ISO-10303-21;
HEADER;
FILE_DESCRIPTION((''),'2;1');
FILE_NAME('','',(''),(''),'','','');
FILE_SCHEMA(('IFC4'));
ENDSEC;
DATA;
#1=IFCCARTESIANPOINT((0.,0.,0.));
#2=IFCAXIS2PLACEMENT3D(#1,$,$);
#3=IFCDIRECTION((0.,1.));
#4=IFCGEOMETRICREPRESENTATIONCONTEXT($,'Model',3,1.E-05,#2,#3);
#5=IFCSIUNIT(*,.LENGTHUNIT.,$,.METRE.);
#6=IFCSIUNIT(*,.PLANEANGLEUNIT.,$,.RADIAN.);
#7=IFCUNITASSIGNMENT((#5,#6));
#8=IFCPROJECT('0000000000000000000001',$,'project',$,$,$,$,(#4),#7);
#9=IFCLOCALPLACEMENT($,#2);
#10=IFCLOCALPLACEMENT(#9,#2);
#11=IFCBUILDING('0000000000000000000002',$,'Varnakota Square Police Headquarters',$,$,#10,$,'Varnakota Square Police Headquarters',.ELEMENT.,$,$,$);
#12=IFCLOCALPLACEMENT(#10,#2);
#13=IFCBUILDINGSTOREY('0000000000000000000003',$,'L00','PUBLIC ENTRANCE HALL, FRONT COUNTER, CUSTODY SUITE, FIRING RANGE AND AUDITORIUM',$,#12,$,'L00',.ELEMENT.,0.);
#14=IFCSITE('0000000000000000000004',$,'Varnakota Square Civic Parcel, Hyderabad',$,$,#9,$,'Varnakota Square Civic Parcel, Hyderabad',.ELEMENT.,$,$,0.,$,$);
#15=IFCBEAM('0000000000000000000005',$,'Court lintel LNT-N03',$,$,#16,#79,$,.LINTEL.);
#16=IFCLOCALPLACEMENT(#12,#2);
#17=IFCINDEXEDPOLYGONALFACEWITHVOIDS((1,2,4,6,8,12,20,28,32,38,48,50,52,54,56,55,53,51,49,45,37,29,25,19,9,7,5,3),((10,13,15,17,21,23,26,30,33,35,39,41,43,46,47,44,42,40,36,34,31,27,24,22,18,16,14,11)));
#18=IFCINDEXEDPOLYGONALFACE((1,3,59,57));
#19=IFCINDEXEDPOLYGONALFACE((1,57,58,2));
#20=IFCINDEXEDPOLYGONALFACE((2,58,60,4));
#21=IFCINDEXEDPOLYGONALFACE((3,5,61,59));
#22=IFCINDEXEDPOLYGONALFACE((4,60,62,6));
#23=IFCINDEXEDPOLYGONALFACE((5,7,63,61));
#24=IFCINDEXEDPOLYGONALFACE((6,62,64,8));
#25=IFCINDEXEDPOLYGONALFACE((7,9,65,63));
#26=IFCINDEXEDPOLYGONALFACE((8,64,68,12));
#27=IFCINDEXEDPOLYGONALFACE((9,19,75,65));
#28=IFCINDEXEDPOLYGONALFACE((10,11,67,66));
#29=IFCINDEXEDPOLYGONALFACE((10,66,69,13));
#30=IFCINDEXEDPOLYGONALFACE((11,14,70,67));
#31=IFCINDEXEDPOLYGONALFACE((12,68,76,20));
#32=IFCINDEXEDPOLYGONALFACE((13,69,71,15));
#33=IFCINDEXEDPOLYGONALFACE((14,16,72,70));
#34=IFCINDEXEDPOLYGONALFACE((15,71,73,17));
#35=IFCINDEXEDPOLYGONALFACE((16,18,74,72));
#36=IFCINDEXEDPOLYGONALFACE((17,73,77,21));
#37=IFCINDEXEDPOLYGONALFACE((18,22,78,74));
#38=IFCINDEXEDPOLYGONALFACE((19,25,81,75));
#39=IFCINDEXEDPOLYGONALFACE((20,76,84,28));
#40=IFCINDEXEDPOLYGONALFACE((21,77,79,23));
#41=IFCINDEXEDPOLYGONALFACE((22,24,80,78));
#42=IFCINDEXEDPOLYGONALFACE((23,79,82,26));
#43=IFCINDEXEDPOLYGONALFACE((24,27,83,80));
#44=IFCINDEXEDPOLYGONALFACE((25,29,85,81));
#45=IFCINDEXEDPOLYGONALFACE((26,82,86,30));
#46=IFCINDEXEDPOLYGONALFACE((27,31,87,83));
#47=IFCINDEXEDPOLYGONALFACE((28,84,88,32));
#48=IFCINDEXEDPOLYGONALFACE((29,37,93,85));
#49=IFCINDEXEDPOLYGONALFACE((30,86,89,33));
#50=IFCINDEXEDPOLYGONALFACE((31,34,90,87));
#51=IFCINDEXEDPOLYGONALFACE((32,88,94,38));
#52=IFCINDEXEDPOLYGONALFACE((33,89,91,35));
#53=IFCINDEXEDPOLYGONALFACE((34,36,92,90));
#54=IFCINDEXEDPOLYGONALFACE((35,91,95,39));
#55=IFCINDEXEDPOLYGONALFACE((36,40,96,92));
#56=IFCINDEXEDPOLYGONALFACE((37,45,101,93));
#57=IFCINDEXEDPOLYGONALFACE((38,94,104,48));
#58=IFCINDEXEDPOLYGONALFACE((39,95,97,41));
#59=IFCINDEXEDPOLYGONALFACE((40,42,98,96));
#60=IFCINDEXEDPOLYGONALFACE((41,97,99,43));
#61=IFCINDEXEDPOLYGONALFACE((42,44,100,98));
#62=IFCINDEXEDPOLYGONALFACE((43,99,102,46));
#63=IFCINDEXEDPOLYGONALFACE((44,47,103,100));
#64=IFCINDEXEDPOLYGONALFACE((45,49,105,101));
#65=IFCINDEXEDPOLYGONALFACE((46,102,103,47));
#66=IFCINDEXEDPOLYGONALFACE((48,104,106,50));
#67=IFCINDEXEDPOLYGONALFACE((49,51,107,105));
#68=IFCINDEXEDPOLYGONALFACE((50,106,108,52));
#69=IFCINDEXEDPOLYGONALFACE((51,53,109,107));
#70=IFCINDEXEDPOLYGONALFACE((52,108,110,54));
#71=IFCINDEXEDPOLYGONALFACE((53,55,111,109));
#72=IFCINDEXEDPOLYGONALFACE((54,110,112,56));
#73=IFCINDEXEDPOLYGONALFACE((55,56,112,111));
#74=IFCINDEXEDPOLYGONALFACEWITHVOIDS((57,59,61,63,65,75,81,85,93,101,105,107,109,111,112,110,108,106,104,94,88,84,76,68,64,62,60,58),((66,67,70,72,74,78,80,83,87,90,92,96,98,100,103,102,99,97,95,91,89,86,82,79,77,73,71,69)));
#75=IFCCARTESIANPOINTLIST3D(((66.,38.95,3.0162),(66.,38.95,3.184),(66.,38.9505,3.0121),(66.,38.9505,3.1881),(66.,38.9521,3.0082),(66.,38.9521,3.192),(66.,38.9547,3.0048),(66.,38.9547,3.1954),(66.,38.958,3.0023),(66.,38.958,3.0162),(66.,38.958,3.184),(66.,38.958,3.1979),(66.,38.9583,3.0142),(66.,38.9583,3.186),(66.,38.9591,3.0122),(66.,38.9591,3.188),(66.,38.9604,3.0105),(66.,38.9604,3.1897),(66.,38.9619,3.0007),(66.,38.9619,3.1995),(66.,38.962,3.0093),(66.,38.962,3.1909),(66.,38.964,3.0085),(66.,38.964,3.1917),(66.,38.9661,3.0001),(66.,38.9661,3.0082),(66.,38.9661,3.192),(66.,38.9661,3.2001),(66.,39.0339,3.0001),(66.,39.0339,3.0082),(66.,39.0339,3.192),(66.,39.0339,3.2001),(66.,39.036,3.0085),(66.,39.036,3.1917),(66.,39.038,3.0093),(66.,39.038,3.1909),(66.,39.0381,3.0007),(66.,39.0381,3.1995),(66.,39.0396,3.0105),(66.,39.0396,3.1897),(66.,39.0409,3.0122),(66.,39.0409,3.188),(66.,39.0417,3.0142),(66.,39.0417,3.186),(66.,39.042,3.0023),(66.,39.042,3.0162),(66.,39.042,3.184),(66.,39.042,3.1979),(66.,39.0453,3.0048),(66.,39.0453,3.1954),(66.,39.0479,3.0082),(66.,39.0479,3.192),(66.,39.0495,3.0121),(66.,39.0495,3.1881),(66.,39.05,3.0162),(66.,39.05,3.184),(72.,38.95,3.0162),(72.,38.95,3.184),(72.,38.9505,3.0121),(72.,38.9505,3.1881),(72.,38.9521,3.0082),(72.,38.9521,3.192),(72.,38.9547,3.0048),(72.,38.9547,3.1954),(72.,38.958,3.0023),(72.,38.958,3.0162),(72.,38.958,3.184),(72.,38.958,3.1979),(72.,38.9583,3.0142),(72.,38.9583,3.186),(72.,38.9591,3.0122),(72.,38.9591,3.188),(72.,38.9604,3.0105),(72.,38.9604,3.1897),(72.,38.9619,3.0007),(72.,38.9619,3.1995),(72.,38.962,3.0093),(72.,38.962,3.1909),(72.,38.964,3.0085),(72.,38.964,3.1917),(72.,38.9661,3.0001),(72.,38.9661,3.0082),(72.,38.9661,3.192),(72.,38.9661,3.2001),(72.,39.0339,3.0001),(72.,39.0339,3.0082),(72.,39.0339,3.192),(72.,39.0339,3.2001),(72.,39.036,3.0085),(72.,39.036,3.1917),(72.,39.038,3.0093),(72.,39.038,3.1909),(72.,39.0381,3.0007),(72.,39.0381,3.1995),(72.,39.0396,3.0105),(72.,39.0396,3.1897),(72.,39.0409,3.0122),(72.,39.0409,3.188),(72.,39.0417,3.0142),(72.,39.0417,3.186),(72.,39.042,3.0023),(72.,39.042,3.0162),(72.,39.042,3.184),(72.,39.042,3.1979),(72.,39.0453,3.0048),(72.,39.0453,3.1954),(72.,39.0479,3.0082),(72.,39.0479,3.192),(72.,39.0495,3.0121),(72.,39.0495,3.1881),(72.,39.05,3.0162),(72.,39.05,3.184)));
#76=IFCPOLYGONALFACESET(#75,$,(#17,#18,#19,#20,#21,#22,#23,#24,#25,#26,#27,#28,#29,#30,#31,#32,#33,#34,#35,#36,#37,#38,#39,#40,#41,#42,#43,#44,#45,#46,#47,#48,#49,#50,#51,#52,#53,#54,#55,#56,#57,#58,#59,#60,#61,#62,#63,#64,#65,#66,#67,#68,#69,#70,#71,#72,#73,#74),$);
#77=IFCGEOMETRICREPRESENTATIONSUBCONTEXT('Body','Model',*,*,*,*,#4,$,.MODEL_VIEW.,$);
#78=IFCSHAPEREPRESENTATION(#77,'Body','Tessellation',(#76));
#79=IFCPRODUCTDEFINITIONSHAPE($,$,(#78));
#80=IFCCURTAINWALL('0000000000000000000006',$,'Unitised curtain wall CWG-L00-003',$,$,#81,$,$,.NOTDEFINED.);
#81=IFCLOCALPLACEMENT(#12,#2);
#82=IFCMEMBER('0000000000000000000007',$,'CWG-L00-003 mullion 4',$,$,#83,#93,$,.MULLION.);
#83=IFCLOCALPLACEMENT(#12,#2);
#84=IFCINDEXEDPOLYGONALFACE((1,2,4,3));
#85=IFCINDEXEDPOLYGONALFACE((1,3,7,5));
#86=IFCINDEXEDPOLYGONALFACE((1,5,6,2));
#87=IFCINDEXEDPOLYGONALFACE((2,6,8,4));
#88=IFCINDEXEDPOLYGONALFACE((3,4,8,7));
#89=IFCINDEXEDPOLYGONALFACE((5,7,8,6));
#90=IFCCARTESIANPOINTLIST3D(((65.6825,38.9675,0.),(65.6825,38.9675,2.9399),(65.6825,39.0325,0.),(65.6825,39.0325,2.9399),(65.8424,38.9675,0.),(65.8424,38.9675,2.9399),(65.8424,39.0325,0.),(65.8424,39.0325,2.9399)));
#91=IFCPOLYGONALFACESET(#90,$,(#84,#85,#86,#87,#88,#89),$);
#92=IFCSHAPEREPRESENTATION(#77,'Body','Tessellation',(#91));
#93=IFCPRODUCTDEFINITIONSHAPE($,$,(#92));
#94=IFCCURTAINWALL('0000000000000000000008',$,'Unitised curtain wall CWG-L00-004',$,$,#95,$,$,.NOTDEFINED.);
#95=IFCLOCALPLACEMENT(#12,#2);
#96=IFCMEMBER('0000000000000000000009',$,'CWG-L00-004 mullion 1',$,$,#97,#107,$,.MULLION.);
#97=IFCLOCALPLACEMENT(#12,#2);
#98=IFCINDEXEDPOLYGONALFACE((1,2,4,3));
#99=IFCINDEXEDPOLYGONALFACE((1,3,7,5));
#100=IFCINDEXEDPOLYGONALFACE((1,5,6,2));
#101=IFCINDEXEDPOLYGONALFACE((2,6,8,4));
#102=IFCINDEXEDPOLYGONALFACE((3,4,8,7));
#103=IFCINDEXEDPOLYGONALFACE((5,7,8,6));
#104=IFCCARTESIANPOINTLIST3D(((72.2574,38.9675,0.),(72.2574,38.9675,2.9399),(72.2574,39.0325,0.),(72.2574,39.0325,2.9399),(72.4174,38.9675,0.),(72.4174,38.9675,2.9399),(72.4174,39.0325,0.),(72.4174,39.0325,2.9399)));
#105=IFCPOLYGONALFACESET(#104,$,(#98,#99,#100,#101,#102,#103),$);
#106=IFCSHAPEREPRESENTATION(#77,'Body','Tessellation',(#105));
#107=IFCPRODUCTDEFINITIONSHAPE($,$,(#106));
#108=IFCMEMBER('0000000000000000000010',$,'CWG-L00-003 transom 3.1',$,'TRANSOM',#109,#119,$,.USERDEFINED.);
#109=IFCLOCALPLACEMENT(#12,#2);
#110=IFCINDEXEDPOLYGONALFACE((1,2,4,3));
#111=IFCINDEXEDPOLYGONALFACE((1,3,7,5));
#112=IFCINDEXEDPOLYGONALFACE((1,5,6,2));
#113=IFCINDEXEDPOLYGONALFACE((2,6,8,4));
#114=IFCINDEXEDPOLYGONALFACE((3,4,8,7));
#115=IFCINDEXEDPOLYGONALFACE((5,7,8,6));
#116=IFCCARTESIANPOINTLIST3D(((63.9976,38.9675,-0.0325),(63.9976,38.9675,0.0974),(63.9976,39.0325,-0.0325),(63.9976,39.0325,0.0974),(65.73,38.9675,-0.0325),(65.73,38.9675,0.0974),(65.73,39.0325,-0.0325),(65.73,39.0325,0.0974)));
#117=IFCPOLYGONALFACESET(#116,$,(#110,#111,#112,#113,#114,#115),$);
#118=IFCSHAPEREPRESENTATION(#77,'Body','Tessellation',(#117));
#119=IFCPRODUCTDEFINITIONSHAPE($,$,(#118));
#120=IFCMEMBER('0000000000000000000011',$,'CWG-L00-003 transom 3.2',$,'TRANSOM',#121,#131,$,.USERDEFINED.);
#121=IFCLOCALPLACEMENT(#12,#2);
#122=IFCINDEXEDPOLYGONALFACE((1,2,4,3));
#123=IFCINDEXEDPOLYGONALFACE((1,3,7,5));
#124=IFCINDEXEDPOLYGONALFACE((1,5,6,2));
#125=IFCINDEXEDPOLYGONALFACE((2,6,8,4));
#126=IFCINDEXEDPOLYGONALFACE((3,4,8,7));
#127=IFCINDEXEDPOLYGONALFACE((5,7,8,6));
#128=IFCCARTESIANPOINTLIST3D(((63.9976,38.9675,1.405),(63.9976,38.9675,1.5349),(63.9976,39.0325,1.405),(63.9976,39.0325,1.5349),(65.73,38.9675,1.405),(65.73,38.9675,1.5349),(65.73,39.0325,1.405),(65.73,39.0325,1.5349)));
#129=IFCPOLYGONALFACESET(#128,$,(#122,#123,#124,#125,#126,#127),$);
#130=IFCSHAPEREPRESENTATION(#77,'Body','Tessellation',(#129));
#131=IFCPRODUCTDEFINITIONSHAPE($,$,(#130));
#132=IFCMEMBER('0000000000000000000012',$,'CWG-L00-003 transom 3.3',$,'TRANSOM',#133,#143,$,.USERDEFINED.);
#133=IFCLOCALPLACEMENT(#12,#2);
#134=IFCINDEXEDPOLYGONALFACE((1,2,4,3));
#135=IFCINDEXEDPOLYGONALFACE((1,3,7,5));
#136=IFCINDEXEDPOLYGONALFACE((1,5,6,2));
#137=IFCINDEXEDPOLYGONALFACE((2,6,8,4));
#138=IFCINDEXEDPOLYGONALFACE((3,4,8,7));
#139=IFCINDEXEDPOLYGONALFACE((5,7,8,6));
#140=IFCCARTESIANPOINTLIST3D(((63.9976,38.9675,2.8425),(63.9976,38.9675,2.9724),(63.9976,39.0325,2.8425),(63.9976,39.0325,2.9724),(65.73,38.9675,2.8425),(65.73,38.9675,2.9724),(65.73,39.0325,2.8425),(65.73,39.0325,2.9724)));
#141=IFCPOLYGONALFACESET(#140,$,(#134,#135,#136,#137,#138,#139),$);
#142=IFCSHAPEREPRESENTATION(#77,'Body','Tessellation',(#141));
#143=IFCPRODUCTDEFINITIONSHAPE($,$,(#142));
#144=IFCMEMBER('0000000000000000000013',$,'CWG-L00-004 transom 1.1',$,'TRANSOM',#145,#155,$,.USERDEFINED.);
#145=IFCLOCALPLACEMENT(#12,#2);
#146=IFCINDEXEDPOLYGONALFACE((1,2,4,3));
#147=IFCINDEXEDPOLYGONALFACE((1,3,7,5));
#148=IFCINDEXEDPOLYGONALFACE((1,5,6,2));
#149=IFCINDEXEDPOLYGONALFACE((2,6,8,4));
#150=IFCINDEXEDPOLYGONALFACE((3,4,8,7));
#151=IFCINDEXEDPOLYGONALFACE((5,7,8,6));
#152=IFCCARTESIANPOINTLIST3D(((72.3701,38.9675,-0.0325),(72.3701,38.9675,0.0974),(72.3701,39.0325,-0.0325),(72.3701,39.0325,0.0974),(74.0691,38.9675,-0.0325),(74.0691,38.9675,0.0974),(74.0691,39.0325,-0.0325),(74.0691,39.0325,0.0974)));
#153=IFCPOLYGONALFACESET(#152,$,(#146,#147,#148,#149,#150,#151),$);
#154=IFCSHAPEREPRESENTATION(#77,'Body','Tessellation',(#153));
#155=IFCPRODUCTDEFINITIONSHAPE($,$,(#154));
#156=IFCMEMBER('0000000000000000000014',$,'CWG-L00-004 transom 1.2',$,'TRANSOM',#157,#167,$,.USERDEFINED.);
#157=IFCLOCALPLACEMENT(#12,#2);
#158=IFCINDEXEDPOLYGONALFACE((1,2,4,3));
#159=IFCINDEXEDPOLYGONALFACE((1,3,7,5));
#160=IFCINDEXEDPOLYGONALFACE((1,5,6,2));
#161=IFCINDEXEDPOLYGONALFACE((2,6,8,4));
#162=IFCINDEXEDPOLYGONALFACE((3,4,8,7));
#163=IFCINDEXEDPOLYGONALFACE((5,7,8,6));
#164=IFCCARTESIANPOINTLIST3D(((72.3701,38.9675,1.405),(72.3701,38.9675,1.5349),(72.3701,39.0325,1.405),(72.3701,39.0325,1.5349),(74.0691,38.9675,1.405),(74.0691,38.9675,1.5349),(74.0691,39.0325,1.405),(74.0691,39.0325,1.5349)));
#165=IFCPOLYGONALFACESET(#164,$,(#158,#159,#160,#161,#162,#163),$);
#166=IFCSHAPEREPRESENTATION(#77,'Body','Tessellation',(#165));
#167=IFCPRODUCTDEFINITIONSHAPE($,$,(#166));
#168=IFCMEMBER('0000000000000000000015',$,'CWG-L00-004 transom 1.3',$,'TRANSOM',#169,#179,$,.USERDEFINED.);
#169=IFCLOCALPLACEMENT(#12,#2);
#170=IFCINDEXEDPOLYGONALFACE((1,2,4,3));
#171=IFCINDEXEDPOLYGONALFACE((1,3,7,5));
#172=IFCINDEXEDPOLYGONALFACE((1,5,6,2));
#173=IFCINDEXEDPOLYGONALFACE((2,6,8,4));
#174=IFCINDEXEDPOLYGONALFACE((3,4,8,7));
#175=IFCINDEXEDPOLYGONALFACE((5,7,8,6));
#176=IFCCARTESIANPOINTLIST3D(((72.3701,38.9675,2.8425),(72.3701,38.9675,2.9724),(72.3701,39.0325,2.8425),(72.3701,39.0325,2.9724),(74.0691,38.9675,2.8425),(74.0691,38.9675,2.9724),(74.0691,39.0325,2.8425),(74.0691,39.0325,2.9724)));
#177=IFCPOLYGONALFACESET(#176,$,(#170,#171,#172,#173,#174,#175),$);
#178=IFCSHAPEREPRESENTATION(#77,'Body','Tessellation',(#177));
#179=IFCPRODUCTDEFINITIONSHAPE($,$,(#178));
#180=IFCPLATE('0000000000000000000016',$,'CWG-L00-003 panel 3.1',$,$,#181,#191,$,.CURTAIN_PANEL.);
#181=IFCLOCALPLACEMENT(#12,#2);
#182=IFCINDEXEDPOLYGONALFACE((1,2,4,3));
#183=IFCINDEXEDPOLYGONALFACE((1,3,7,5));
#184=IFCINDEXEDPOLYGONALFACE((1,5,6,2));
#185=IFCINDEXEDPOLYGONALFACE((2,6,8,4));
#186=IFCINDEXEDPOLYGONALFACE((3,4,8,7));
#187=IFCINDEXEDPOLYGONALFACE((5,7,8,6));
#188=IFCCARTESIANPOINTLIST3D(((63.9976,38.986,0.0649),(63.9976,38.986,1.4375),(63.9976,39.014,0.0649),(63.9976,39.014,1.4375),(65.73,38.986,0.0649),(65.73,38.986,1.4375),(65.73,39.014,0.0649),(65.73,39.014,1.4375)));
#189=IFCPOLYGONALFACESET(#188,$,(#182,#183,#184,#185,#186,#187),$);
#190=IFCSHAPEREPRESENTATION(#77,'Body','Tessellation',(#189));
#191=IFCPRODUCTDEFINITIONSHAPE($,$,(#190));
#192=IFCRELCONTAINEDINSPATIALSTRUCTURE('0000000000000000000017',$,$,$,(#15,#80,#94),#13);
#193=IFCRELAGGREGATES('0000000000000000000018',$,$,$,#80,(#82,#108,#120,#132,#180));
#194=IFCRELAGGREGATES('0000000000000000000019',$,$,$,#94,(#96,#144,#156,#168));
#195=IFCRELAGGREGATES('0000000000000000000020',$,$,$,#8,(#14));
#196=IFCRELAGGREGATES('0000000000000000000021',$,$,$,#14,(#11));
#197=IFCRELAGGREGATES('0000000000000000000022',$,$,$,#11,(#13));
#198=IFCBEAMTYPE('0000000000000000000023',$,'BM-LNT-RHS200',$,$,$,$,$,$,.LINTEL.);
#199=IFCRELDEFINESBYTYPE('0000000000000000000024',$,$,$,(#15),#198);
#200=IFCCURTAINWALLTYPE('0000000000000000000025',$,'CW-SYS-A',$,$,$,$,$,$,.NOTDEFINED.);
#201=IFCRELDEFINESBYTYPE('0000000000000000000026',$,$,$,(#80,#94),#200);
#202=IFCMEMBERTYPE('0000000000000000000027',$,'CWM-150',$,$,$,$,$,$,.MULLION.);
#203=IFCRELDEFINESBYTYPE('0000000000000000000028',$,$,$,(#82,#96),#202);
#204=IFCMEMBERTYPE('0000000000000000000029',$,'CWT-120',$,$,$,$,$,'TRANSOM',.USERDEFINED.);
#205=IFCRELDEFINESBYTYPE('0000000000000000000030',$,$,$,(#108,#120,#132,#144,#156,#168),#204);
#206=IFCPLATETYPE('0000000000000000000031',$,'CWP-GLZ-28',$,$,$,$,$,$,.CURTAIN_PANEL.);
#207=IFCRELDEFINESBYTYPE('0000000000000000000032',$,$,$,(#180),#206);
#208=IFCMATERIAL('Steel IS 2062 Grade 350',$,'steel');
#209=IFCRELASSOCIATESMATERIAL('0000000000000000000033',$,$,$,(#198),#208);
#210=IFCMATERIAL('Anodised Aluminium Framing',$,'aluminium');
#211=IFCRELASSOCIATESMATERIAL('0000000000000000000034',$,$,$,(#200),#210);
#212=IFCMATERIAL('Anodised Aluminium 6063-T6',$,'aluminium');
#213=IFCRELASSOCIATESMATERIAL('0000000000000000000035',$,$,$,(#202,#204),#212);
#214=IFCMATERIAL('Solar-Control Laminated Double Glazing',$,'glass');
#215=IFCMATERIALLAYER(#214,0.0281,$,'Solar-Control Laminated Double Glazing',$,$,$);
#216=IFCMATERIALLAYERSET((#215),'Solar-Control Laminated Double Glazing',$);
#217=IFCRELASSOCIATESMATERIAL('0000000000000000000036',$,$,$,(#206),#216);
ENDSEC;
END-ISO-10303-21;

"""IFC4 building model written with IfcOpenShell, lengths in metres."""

from ifc_helpers import new_model, si_unit, direction, frame, origin, origin_2d, place, context, subcontext, project, spatial, rectangle, hollow_rectangle, extrude, material, layer, layer_set, material_profile, profile_set, type_object, element, aggregate, save


model = new_model("IFC4")

# Units and contexts
model_context = context("Model", 3, precision=1e-05, world=origin(), true_north=direction((0.0, 1.0)))
body_context = subcontext(model_context, "Body", "Model", "MODEL_VIEW")
ifc_project = project(units=[si_unit("LENGTHUNIT", "METRE"), si_unit("PLANEANGLEUNIT", "RADIAN")], contexts=[model_context])

# Site, building, storey
site_placement = place(None, origin())
site = spatial("IfcSite", under=ifc_project, at=site_placement, Name="Varnakota Square Civic Parcel, Hyderabad", LongName="Varnakota Square Civic Parcel, Hyderabad", CompositionType="ELEMENT", RefElevation=0.0)
building_placement = place(site_placement, origin())
building = spatial("IfcBuilding", under=site, at=building_placement, Name="Varnakota Square Police Headquarters", LongName="Varnakota Square Police Headquarters", CompositionType="ELEMENT")
storey_placement = place(building_placement, origin())
storey = spatial("IfcBuildingStorey", under=building, at=storey_placement, Name="L00", Description="PUBLIC ENTRANCE HALL, FRONT COUNTER, CUSTODY SUITE, FIRING RANGE AND AUDITORIUM", LongName="L00", CompositionType="ELEMENT", Elevation=0.0)

# Beam
ifc_material_1 = material(Name="Steel IS 2062 Grade 350", Category="steel")
ifc_material_profile_1 = material_profile(ifc_material_1, hollow_rectangle(XDim=0.1001, YDim=0.2, WallThickness=0.0081, InnerFilletRadius=0.0081, OuterFilletRadius=0.0161, at=origin_2d()), Name="RHS 200x100x8")
ifc_profile_set_1 = profile_set([ifc_material_profile_1], Name="Steel IS 2062 Grade 350")
beam_type_1 = type_object("IfcBeamType", Name="BM-LNT-RHS200", PredefinedType="LINTEL", material=ifc_profile_set_1)
beam_1_placement = place(storey_placement, frame((66.0, 39.0, 3.1001), z_axis=(1.0, 0.0, 0.0), x_axis=(0.0, 1.0, 0.0)))
element("IfcBeam", 1, at=beam_1_placement, inside=storey, type_object=beam_type_1, Name="Court lintel LNT-N03", PredefinedType="LINTEL", context=body_context, shape_type="SweptSolid", body=[
    extrude(hollow_rectangle(XDim=0.1001, YDim=0.2, WallThickness=0.0081, InnerFilletRadius=0.0081, OuterFilletRadius=0.0161, at=origin_2d()), origin(), (0.0, 0.0, 1.0), 6.0),
])

# Curtain walls, members
ifc_material_2 = material(Name="Anodised Aluminium Framing", Category="aluminium")
curtain_wall_type = type_object("IfcCurtainWallType", Name="CW-SYS-A", PredefinedType="NOTDEFINED", material=ifc_material_2)
curtain_wall_1_placement = place(storey_placement, origin())
curtain_wall_1 = element("IfcCurtainWall", 2, at=curtain_wall_1_placement, inside=storey, type_object=curtain_wall_type, Name="Unitised curtain wall CWG-L00-003", PredefinedType="NOTDEFINED")
ifc_material_3 = material(Name="Anodised Aluminium 6063-T6", Category="aluminium")
ifc_material_profile_2 = material_profile(ifc_material_3, rectangle(XDim=0.0649, YDim=0.1599, at=origin_2d()), Name="ALU MULLION 65x160")
ifc_profile_set_2 = profile_set([ifc_material_profile_2], Name="Anodised Aluminium 6063-T6")
member_type_1 = type_object("IfcMemberType", Name="CWM-150", PredefinedType="MULLION", material=ifc_profile_set_2)
member_1_placement = place(storey_placement, frame((65.7625, 39.0, 0.0), z_axis=(0.0, 0.0, 1.0), x_axis=(0.0, 1.0, 0.0)))
member_1 = element("IfcMember", 3, at=member_1_placement, type_object=member_type_1, Name="CWG-L00-003 mullion 4", PredefinedType="MULLION", context=body_context, shape_type="SweptSolid", body=[
    extrude(rectangle(XDim=0.0649, YDim=0.1599, at=origin_2d()), origin(), (0.0, 0.0, 1.0), 2.9399),
])
curtain_wall_2_placement = place(storey_placement, origin())
curtain_wall_2 = element("IfcCurtainWall", 4, at=curtain_wall_2_placement, inside=storey, type_object=curtain_wall_type, Name="Unitised curtain wall CWG-L00-004", PredefinedType="NOTDEFINED")
member_2_placement = place(storey_placement, frame((72.3374, 39.0, 0.0), z_axis=(0.0, 0.0, 1.0), x_axis=(0.0, 1.0, 0.0)))
member_2 = element("IfcMember", 5, at=member_2_placement, type_object=member_type_1, Name="CWG-L00-004 mullion 1", PredefinedType="MULLION", context=body_context, shape_type="SweptSolid", body=[
    extrude(rectangle(XDim=0.0649, YDim=0.1599, at=origin_2d()), origin(), (0.0, 0.0, 1.0), 2.9399),
])

# Members
ifc_material_profile_3 = material_profile(ifc_material_3, rectangle(XDim=0.0649, YDim=0.1299, at=origin_2d()), Name="ALU TRANSOM 65x130")
ifc_profile_set_3 = profile_set([ifc_material_profile_3], Name="Anodised Aluminium 6063-T6")
member_type_2 = type_object("IfcMemberType", Name="CWT-120", ElementType="TRANSOM", PredefinedType="USERDEFINED", material=ifc_profile_set_3)
member_3_placement = place(storey_placement, frame((63.9976, 39.0, 0.0325), z_axis=(1.0, 0.0, 0.0), x_axis=(0.0, 1.0, 0.0)))
member_3 = element("IfcMember", 6, at=member_3_placement, type_object=member_type_2, Name="CWG-L00-003 transom 3.1", ObjectType="TRANSOM", PredefinedType="USERDEFINED", context=body_context, shape_type="SweptSolid", body=[
    extrude(rectangle(XDim=0.0649, YDim=0.1299, at=origin_2d()), origin(), (0.0, 0.0, 1.0), 1.7324),
])
member_4_placement = place(storey_placement, frame((63.9976, 39.0, 1.47), z_axis=(1.0, 0.0, 0.0), x_axis=(0.0, 1.0, 0.0)))
member_4 = element("IfcMember", 7, at=member_4_placement, type_object=member_type_2, Name="CWG-L00-003 transom 3.2", ObjectType="TRANSOM", PredefinedType="USERDEFINED", context=body_context, shape_type="SweptSolid", body=[
    extrude(rectangle(XDim=0.0649, YDim=0.1299, at=origin_2d()), origin(), (0.0, 0.0, 1.0), 1.7324),
])
member_5_placement = place(storey_placement, frame((63.9976, 39.0, 2.9075), z_axis=(1.0, 0.0, 0.0), x_axis=(0.0, 1.0, 0.0)))
member_5 = element("IfcMember", 8, at=member_5_placement, type_object=member_type_2, Name="CWG-L00-003 transom 3.3", ObjectType="TRANSOM", PredefinedType="USERDEFINED", context=body_context, shape_type="SweptSolid", body=[
    extrude(rectangle(XDim=0.0649, YDim=0.1299, at=origin_2d()), origin(), (0.0, 0.0, 1.0), 1.7324),
])
member_6_placement = place(storey_placement, frame((72.3701, 39.0, 0.0325), z_axis=(1.0, 0.0, 0.0), x_axis=(0.0, 1.0, 0.0)))
member_6 = element("IfcMember", 9, at=member_6_placement, type_object=member_type_2, Name="CWG-L00-004 transom 1.1", ObjectType="TRANSOM", PredefinedType="USERDEFINED", context=body_context, shape_type="SweptSolid", body=[
    extrude(rectangle(XDim=0.0649, YDim=0.1299, at=origin_2d()), origin(), (0.0, 0.0, 1.0), 1.699),
])
member_7_placement = place(storey_placement, frame((72.3701, 39.0, 1.47), z_axis=(1.0, 0.0, 0.0), x_axis=(0.0, 1.0, 0.0)))
member_7 = element("IfcMember", 10, at=member_7_placement, type_object=member_type_2, Name="CWG-L00-004 transom 1.2", ObjectType="TRANSOM", PredefinedType="USERDEFINED", context=body_context, shape_type="SweptSolid", body=[
    extrude(rectangle(XDim=0.0649, YDim=0.1299, at=origin_2d()), origin(), (0.0, 0.0, 1.0), 1.699),
])
member_8_placement = place(storey_placement, frame((72.3701, 39.0, 2.9075), z_axis=(1.0, 0.0, 0.0), x_axis=(0.0, 1.0, 0.0)))
member_8 = element("IfcMember", 11, at=member_8_placement, type_object=member_type_2, Name="CWG-L00-004 transom 1.3", ObjectType="TRANSOM", PredefinedType="USERDEFINED", context=body_context, shape_type="SweptSolid", body=[
    extrude(rectangle(XDim=0.0649, YDim=0.1299, at=origin_2d()), origin(), (0.0, 0.0, 1.0), 1.699),
])

# Plate
ifc_material_4 = material(Name="Solar-Control Laminated Double Glazing", Category="glass")
ifc_layer_1 = layer(ifc_material_4, 0.0281, Name="Solar-Control Laminated Double Glazing")
ifc_layer_set_1 = layer_set([ifc_layer_1], Name="Solar-Control Laminated Double Glazing")
plate_type_1 = type_object("IfcPlateType", Name="CWP-GLZ-28", PredefinedType="CURTAIN_PANEL", material=ifc_layer_set_1)
plate_1_placement = place(storey_placement, frame((64.8638, 39.0, 0.0649), z_axis=(0.0, 0.0, 1.0), x_axis=(1.0, 0.0, 0.0)))
plate_1 = element("IfcPlate", 12, at=plate_1_placement, type_object=plate_type_1, Name="CWG-L00-003 panel 3.1", PredefinedType="CURTAIN_PANEL", context=body_context, shape_type="SweptSolid", body=[
    extrude(rectangle(XDim=1.7324, YDim=0.0281, at=origin_2d()), origin(), (0.0, 0.0, 1.0), 1.3726),
])
aggregate(curtain_wall_1, [member_1, member_3, member_4, member_5, plate_1])
aggregate(curtain_wall_2, [member_2, member_6, member_7, member_8])

save(model, "model.ifc")
